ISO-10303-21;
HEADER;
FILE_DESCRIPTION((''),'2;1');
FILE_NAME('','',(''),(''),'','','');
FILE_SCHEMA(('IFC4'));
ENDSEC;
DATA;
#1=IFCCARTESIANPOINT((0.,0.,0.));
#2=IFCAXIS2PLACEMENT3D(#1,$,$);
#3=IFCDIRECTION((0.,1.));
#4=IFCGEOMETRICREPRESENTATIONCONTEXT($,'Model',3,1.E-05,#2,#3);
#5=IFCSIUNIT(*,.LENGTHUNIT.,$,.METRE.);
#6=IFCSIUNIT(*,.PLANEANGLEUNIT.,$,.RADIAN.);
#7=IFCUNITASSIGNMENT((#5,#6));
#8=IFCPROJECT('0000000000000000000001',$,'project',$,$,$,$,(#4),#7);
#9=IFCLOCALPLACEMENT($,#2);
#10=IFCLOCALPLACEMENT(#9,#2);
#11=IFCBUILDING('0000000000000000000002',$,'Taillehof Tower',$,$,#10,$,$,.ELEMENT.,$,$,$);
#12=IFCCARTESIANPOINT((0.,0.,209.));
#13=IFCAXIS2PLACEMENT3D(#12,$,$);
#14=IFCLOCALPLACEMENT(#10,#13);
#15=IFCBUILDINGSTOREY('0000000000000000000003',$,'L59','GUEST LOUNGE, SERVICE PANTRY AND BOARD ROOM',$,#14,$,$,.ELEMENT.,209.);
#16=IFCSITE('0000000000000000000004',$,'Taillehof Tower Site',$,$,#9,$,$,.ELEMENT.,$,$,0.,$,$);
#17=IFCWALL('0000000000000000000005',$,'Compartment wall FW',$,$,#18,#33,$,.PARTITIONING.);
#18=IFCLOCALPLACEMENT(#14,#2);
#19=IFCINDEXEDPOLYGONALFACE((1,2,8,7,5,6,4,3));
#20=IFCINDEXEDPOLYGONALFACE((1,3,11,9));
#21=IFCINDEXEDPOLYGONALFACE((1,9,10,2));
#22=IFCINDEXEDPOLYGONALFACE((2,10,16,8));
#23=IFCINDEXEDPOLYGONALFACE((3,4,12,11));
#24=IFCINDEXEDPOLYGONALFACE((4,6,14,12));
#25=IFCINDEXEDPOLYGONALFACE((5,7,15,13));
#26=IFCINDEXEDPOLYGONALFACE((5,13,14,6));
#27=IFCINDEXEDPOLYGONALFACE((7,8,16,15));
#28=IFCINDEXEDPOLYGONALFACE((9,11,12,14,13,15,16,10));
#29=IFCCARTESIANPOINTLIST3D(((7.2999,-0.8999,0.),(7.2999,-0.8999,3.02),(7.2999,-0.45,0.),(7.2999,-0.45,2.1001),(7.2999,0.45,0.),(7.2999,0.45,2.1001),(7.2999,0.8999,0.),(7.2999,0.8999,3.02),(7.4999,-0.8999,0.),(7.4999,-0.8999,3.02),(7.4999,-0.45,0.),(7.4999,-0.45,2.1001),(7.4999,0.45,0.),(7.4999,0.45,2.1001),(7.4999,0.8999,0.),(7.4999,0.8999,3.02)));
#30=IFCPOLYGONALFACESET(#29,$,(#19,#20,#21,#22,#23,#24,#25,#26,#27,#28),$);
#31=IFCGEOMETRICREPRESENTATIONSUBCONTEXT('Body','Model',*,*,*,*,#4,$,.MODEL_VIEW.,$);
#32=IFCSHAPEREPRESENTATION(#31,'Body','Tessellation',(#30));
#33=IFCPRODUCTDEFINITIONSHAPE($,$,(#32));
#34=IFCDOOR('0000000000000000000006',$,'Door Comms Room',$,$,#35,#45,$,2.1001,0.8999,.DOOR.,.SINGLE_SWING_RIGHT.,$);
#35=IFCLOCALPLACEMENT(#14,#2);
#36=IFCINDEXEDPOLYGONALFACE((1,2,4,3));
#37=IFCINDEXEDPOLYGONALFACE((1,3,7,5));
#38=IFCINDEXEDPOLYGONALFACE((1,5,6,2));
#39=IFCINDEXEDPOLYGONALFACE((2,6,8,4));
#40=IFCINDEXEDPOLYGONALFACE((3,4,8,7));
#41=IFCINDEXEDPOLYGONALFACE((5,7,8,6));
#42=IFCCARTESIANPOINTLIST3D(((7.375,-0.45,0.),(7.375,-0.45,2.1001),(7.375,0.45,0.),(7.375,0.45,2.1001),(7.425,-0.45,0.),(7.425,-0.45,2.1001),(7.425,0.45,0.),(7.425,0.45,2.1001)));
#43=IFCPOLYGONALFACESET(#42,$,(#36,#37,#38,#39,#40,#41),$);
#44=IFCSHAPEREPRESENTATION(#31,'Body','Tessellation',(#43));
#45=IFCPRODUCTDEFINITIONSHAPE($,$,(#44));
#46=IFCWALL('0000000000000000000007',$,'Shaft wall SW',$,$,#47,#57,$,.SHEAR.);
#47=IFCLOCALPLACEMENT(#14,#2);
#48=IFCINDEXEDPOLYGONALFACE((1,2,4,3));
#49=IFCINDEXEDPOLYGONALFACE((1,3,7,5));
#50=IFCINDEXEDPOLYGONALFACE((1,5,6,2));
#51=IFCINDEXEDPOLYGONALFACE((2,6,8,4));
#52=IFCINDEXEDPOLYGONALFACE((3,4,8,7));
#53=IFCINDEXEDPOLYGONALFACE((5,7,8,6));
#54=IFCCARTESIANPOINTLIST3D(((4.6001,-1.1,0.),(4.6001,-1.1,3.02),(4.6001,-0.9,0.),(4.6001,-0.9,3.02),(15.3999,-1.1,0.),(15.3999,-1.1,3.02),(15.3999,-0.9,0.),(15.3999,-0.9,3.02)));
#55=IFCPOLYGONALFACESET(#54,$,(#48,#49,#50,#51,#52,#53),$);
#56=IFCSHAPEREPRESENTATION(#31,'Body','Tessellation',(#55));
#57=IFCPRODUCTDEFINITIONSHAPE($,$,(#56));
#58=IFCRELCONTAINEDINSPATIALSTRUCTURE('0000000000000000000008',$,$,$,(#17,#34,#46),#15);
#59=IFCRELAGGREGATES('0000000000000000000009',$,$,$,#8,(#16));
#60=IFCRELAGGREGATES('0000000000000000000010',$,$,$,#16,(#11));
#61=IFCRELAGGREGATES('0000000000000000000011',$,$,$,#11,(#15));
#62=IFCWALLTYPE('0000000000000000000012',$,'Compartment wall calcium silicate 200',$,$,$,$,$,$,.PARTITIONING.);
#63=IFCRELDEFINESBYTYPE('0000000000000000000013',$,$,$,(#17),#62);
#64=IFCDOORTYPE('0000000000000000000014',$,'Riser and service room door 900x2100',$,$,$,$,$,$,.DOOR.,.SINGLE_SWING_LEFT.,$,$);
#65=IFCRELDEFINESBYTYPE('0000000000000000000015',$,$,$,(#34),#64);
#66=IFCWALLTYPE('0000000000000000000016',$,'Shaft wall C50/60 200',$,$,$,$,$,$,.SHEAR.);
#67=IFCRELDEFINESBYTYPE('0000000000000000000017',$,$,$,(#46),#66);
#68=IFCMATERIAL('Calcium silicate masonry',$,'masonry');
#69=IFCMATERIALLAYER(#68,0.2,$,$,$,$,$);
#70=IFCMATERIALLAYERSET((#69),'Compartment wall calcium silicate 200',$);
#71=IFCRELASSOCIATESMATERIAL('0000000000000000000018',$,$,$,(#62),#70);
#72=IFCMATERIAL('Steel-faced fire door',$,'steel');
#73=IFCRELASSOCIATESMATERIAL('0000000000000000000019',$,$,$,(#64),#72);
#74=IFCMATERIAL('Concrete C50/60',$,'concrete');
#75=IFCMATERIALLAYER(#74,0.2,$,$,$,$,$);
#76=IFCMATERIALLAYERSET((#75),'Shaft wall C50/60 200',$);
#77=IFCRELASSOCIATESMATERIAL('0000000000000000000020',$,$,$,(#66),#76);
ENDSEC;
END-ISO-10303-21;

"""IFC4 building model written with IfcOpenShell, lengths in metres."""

from ifc_helpers import new_model, si_unit, direction, frame, frame_2d, origin, place, context, subcontext, project, spatial, rectangle, extrude, material, layer, layer_set, type_object, element, fill, save


model = new_model("IFC4")

# Units and contexts
model_context = context("Model", 3, precision=1e-05, world=origin(), true_north=direction((0.0, 1.0)))
body_context = subcontext(model_context, "Body", "Model", "MODEL_VIEW")
ifc_project = project(units=[si_unit("LENGTHUNIT", "METRE"), si_unit("PLANEANGLEUNIT", "RADIAN")], contexts=[model_context])

# Site, building, storey
site_placement = place(None, origin())
site = spatial("IfcSite", under=ifc_project, at=site_placement, Name="Taillehof Tower Site", CompositionType="ELEMENT", RefElevation=0.0)
building_placement = place(site_placement, origin())
building = spatial("IfcBuilding", under=site, at=building_placement, Name="Taillehof Tower", CompositionType="ELEMENT")
storey_placement = place(building_placement, frame((0.0, 0.0, 209.0)))
storey = spatial("IfcBuildingStorey", under=building, at=storey_placement, Name="L59", Description="GUEST LOUNGE, SERVICE PANTRY AND BOARD ROOM", CompositionType="ELEMENT", Elevation=209.0)

# Wall, opening, door
ifc_material_1 = material(Name="Calcium silicate masonry", Category="masonry")
ifc_layer_1 = layer(ifc_material_1, 0.2)
ifc_layer_set_1 = layer_set([ifc_layer_1], Name="Compartment wall calcium silicate 200")
wall_type_1 = type_object("IfcWallType", Name="Compartment wall calcium silicate 200", PredefinedType="PARTITIONING", material=ifc_layer_set_1)
wall_1_placement = place(storey_placement, frame((7.3999, -0.8999, 0.0), z_axis=(0.0, 0.0, 1.0), x_axis=(0.0, 1.0, 0.0)))
wall_1 = element("IfcWall", 1, at=wall_1_placement, inside=storey, type_object=wall_type_1, Name="Compartment wall FW", PredefinedType="PARTITIONING", context=body_context, shape_type="SweptSolid", body=[
    extrude(rectangle(XDim=1.7998, YDim=0.2, at=frame_2d((0.8999, 0.0))), origin(), (0.0, 0.0, 1.0), 3.02),
])
opening_placement = place(wall_1_placement, frame((0.45, 0.0, 0.0)))
opening = element("IfcOpeningElement", 2, at=opening_placement, cuts=wall_1, PredefinedType="OPENING", context=body_context, shape_type="SweptSolid", body=[
    extrude(rectangle(XDim=0.8999, YDim=2.1001, at=frame_2d((0.45, 1.05))), frame((0.0, 0.1099, 0.0), z_axis=(0.0, -1.0, 0.0), x_axis=(1.0, 0.0, 0.0)), (0.0, 0.0, 1.0), 0.22),
])
ifc_material_2 = material(Name="Steel-faced fire door", Category="steel")
door_type = type_object("IfcDoorType", Name="Riser and service room door 900x2100", OperationType="SINGLE_SWING_LEFT", PredefinedType="DOOR", material=ifc_material_2)
door_placement = place(opening_placement, origin())
door = element("IfcDoor", 3, at=door_placement, inside=storey, type_object=door_type, Name="Door Comms Room", OperationType="SINGLE_SWING_RIGHT", OverallHeight=2.1001, OverallWidth=0.8999, PredefinedType="DOOR", context=body_context, shape_type="SweptSolid", body=[
    extrude(rectangle(XDim=0.8999, YDim=2.1001, at=frame_2d((0.45, 1.05))), frame((0.0, 0.0249, 0.0), z_axis=(0.0, -1.0, 0.0), x_axis=(1.0, 0.0, 0.0)), (0.0, 0.0, 1.0), 0.05),
])
fill(opening, door)

# Wall
ifc_material_3 = material(Name="Concrete C50/60", Category="concrete")
ifc_layer_2 = layer(ifc_material_3, 0.2)
ifc_layer_set_2 = layer_set([ifc_layer_2], Name="Shaft wall C50/60 200")
wall_type_2 = type_object("IfcWallType", Name="Shaft wall C50/60 200", PredefinedType="SHEAR", material=ifc_layer_set_2)
wall_2_placement = place(storey_placement, frame((4.6001, -1.0, 0.0), z_axis=(0.0, 0.0, 1.0), x_axis=(1.0, 0.0, 0.0)))
element("IfcWall", 4, at=wall_2_placement, inside=storey, type_object=wall_type_2, Name="Shaft wall SW", PredefinedType="SHEAR", context=body_context, shape_type="SweptSolid", body=[
    extrude(rectangle(XDim=10.7998, YDim=0.2, at=frame_2d((5.3999, 0.0))), origin(), (0.0, 0.0, 1.0), 3.02),
])

save(model, "model.ifc")
